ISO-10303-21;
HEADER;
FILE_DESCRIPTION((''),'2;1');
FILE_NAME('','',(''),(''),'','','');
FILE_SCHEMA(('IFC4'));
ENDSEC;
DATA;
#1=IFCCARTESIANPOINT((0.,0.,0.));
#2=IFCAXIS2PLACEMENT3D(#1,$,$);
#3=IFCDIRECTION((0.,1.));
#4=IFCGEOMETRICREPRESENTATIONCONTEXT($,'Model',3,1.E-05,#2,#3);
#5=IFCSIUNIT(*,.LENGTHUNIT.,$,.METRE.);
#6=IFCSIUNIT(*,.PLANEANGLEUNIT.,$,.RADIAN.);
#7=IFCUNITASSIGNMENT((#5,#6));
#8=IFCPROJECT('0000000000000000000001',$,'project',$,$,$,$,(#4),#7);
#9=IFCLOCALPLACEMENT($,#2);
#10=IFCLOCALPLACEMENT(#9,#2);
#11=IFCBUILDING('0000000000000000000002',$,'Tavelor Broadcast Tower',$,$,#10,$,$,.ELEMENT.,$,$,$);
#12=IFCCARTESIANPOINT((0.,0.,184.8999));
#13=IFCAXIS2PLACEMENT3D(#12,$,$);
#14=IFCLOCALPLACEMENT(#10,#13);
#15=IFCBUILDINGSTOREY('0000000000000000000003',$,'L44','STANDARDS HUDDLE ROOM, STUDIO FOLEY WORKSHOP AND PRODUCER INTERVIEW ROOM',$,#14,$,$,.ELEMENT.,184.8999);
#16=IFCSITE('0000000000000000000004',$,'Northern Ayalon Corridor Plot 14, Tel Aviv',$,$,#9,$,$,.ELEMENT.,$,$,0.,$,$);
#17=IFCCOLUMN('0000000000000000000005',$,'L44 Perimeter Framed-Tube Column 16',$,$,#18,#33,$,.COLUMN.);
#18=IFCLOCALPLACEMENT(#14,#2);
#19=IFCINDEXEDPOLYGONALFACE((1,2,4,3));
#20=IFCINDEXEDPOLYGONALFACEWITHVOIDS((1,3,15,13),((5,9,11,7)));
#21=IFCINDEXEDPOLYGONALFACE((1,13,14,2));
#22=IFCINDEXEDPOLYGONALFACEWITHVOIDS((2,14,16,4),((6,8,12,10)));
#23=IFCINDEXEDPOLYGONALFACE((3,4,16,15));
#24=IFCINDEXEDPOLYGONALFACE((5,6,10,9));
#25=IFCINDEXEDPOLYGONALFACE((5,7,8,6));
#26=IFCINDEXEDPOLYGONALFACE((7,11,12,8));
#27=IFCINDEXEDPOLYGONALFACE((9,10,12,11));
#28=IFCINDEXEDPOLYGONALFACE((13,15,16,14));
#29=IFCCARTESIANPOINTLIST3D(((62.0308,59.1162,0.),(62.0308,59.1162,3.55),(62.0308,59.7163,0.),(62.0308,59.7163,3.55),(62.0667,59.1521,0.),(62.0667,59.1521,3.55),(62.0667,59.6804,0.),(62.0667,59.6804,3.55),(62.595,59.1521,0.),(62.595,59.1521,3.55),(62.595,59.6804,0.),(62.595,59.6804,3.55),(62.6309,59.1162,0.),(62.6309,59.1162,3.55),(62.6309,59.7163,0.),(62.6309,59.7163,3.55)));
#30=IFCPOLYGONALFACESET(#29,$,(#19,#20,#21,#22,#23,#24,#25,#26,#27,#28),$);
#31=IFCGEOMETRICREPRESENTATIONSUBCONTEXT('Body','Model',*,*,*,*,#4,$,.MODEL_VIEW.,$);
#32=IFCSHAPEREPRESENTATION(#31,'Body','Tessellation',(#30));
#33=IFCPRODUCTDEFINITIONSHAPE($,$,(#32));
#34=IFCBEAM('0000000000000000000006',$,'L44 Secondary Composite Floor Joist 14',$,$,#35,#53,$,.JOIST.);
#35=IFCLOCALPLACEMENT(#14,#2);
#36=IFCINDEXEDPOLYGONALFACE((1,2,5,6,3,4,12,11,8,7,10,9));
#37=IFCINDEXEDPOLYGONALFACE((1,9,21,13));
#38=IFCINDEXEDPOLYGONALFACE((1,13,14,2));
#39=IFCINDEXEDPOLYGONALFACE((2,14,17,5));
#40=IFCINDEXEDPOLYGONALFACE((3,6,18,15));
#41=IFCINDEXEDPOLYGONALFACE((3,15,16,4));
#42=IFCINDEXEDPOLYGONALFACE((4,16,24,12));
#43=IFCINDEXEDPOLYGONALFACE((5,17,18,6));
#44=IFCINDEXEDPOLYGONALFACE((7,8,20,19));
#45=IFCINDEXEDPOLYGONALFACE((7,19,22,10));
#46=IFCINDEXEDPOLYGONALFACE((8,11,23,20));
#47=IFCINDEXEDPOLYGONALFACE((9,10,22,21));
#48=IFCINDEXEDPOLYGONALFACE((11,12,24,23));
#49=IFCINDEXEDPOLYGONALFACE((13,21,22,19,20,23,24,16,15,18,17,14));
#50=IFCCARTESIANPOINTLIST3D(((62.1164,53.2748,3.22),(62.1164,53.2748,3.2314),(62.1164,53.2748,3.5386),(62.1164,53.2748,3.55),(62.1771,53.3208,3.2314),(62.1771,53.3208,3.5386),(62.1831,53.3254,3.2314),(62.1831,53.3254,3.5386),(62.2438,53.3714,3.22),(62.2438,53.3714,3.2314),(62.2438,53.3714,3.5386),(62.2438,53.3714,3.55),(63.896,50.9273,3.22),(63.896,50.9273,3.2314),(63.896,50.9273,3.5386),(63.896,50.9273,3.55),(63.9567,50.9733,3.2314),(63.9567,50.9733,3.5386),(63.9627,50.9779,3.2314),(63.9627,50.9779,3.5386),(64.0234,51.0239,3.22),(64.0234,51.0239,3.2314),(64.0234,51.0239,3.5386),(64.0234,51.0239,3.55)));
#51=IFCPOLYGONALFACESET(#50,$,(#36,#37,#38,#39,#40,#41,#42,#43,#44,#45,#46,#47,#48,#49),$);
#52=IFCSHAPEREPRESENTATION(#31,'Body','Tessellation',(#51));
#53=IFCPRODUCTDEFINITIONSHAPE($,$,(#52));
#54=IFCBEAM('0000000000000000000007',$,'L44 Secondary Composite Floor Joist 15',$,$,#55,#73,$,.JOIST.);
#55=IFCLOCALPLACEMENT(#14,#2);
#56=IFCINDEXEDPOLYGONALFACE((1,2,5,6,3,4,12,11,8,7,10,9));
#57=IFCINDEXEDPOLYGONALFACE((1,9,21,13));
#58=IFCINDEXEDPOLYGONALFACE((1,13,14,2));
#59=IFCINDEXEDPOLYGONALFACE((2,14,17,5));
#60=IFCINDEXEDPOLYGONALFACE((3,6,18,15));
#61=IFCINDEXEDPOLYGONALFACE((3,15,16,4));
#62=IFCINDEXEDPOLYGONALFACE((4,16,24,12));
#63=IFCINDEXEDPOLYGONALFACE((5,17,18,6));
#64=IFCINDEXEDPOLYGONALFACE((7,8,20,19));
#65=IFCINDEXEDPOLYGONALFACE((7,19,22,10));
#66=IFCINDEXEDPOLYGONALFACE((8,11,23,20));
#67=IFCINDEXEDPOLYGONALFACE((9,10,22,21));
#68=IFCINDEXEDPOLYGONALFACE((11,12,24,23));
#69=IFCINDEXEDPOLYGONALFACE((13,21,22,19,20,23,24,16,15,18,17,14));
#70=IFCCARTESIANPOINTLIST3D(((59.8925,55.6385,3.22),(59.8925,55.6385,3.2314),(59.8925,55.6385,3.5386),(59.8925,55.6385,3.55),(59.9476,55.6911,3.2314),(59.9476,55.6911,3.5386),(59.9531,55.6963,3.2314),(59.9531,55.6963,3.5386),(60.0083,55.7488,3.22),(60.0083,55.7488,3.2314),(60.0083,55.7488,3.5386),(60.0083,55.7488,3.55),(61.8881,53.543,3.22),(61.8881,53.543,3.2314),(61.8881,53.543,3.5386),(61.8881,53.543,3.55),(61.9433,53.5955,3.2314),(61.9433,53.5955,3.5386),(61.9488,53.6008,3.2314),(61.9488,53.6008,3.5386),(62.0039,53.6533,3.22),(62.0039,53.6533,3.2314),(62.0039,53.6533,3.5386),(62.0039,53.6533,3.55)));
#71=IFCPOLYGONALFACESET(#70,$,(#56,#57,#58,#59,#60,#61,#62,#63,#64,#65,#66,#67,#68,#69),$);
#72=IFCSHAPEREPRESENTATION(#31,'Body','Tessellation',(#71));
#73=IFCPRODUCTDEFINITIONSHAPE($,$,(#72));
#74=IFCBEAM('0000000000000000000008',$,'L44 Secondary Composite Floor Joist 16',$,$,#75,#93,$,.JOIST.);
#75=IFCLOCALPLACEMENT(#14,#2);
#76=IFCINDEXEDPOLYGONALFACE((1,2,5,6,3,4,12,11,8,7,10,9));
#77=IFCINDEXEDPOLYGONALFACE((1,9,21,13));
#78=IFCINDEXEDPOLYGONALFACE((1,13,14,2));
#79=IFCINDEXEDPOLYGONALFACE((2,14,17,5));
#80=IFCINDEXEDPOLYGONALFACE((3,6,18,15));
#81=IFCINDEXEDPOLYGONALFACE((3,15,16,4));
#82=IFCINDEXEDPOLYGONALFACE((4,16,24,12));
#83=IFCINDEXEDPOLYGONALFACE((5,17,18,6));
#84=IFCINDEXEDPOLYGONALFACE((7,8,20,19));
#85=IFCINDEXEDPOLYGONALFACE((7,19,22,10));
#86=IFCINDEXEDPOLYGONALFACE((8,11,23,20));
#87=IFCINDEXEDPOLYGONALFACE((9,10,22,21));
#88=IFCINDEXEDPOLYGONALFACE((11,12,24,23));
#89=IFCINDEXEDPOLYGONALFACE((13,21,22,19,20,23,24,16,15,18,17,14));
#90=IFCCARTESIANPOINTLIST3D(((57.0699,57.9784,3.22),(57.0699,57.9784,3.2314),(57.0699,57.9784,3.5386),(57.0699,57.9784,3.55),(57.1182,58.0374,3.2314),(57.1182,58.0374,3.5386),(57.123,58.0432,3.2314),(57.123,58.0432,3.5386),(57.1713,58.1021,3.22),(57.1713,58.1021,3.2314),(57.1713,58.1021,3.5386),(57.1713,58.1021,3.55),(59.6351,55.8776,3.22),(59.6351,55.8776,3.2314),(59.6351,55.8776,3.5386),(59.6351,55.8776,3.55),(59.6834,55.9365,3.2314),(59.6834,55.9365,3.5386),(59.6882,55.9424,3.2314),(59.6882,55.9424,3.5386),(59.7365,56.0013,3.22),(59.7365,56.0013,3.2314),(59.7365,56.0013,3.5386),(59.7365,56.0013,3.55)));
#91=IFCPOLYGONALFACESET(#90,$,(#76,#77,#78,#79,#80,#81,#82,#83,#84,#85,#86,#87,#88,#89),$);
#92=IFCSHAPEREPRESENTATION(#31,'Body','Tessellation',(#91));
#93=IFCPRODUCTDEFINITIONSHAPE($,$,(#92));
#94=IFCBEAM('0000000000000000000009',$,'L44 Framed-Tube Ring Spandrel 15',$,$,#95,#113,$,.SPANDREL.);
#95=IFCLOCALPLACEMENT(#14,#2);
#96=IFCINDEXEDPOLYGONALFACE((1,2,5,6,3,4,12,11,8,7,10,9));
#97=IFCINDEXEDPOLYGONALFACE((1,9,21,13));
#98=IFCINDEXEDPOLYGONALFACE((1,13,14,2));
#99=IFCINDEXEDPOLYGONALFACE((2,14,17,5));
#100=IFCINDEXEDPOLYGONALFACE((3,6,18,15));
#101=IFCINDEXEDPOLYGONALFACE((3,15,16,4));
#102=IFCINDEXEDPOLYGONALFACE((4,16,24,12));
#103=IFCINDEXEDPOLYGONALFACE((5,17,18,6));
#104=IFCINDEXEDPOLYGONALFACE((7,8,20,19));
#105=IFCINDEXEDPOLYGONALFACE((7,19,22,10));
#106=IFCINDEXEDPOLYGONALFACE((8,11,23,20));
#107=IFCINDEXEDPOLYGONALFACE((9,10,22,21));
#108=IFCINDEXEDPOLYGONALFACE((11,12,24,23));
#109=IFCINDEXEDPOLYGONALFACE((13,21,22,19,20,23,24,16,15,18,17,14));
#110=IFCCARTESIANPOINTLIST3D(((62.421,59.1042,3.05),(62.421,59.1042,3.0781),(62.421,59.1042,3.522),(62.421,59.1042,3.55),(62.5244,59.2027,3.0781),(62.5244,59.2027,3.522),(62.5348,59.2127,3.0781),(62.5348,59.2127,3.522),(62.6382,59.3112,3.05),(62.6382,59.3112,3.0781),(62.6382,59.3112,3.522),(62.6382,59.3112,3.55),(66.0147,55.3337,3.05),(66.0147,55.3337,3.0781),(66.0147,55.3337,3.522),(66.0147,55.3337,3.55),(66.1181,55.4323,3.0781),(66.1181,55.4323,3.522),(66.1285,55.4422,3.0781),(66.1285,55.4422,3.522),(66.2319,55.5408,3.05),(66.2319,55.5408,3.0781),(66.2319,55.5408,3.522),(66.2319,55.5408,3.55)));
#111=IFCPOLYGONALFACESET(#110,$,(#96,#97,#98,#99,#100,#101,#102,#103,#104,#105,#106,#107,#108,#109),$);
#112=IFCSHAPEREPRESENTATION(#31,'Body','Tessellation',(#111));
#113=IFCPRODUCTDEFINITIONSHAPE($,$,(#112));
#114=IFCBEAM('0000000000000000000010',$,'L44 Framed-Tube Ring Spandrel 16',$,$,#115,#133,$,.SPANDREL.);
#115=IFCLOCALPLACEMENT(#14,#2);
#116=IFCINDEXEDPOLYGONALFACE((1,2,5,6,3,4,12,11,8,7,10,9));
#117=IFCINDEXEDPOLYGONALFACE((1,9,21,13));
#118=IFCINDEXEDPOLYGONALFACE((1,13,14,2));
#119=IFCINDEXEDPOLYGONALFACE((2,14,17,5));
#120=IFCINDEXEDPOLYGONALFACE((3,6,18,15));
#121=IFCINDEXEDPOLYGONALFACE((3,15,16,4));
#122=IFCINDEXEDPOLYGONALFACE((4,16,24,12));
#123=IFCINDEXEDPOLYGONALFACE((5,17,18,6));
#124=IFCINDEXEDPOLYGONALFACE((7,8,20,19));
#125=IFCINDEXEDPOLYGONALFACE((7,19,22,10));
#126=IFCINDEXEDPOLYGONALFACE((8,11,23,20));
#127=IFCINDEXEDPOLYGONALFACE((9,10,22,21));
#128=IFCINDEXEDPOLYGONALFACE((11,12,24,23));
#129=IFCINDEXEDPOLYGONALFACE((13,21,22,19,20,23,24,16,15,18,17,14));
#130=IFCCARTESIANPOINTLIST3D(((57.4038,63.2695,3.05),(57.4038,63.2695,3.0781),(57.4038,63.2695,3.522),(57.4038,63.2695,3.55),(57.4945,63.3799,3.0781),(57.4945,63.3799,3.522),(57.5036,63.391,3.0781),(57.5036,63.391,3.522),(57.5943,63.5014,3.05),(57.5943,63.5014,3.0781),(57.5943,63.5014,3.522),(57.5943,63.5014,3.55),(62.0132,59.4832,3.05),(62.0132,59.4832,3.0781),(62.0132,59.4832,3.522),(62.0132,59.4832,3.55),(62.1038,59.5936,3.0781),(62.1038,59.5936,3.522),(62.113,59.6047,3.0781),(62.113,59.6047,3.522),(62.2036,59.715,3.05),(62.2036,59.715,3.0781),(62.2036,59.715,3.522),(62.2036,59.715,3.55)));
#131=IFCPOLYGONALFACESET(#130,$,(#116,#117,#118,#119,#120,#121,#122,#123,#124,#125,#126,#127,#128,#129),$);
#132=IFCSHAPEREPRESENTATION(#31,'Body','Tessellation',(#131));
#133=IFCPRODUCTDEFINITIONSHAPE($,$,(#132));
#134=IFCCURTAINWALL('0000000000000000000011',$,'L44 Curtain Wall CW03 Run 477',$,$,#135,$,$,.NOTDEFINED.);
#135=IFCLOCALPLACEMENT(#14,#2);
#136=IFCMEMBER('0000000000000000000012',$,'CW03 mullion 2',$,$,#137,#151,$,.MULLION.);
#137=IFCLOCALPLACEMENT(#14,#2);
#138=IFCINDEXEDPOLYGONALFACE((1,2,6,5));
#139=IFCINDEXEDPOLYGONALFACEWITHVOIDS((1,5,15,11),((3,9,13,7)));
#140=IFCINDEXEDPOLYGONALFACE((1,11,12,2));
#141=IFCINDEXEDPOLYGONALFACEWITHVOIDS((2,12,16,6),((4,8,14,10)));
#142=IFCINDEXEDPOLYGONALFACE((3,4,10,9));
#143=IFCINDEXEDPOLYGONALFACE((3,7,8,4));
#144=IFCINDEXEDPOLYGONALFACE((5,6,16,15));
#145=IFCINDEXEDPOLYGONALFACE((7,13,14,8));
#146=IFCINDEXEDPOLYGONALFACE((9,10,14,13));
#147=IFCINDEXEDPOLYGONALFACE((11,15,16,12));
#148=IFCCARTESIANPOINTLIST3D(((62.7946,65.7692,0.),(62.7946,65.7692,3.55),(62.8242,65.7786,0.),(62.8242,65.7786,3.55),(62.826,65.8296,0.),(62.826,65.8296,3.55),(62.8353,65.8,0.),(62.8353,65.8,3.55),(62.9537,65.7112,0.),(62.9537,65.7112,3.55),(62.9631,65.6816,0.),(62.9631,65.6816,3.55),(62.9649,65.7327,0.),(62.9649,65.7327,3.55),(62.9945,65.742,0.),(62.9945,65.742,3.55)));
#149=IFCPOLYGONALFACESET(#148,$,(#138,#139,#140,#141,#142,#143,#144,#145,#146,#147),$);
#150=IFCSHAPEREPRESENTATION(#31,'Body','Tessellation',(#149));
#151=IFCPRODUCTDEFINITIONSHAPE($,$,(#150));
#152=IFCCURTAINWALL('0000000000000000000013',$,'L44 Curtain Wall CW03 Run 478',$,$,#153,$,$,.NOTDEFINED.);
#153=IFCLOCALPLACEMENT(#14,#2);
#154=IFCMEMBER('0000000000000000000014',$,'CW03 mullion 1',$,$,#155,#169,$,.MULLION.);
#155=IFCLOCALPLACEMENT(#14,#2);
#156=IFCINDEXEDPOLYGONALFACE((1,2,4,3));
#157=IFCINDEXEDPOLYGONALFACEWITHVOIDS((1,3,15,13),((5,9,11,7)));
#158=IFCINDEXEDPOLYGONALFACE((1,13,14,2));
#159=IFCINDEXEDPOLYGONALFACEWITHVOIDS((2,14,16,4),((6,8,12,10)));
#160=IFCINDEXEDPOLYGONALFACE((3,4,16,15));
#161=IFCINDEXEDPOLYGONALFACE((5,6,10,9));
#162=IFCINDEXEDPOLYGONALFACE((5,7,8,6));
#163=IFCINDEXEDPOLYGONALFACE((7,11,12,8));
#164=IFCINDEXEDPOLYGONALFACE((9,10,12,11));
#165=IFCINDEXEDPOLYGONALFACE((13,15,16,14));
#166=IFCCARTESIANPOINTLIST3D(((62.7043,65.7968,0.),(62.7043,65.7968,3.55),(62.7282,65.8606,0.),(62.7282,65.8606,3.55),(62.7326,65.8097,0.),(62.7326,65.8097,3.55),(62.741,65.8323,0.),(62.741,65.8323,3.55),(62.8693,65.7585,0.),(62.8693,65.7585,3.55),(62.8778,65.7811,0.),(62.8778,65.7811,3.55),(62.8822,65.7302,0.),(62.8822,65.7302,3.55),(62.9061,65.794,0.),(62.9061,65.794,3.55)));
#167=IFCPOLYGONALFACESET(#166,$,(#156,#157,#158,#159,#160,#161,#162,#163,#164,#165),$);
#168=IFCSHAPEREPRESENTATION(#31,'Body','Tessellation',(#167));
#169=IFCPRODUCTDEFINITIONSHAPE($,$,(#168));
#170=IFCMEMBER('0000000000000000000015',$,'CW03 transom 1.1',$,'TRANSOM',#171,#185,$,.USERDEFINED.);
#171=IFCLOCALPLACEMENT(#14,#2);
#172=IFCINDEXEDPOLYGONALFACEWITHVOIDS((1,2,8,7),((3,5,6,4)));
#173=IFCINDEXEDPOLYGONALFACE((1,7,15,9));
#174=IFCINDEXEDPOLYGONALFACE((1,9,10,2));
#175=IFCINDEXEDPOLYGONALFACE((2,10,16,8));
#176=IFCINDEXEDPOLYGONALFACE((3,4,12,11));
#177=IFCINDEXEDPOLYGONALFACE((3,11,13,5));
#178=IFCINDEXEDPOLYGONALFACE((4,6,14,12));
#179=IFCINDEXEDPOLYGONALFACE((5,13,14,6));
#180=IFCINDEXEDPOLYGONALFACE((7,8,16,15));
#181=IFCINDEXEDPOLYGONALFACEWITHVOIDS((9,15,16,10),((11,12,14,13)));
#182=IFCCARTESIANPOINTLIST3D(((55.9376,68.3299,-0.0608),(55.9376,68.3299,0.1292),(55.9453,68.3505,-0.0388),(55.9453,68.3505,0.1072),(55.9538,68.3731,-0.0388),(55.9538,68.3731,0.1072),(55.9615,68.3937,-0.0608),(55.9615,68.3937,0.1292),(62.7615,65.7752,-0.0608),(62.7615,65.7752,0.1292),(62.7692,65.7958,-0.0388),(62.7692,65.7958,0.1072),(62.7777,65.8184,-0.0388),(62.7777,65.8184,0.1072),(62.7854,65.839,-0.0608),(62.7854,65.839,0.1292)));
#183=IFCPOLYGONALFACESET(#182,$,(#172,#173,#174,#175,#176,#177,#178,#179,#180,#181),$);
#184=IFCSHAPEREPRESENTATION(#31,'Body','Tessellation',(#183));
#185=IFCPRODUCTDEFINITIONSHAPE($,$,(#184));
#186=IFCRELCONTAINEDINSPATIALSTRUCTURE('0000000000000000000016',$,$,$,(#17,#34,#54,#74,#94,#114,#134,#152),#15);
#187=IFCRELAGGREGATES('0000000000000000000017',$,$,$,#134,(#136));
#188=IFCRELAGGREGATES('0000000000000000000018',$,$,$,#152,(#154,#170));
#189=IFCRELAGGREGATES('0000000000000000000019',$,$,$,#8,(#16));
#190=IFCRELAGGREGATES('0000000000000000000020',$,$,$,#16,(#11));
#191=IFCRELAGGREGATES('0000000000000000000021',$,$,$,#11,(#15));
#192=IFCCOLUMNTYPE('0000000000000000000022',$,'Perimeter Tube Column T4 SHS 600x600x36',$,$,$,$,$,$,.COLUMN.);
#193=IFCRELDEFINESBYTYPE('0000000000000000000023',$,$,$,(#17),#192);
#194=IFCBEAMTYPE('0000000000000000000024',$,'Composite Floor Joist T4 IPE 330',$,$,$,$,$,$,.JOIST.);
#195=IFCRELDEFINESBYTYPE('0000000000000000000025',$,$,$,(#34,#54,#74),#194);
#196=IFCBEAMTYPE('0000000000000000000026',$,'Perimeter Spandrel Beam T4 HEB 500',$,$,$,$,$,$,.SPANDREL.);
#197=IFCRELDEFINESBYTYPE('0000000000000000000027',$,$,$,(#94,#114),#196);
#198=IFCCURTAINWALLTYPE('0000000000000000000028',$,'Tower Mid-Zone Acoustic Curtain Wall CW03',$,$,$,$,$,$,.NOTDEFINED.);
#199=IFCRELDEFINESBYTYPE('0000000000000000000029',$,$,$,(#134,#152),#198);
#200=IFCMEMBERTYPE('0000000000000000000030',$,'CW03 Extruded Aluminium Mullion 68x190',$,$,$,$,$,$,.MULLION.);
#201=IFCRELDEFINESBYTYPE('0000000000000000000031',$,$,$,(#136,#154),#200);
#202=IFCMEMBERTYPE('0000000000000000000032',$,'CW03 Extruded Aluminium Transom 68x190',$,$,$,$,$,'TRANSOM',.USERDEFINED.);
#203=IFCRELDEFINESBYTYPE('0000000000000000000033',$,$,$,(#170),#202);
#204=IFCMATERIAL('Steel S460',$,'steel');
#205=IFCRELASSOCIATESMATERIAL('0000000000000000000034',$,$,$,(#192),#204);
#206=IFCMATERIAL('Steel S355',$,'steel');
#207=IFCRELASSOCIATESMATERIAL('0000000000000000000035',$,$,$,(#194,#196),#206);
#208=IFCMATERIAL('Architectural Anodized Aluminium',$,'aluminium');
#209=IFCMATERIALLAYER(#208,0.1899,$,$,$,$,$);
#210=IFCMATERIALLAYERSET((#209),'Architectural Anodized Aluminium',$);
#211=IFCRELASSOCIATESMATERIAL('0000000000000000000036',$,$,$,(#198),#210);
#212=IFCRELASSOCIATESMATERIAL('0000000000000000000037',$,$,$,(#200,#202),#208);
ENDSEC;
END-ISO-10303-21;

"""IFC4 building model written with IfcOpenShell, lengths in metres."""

from ifc_helpers import new_model, si_unit, direction, frame, origin, origin_2d, place, context, subcontext, project, spatial, hollow_rectangle, i_section, extrude, source, transform, mapped, material, layer, layer_set, material_profile, profile_set, type_object, type_shapes, element, aggregate, save


model = new_model("IFC4")

# Units and contexts
model_context = context("Model", 3, precision=1e-05, world=origin(), true_north=direction((0.0, 1.0)))
body_context = subcontext(model_context, "Body", "Model", "MODEL_VIEW")
ifc_project = project(units=[si_unit("LENGTHUNIT", "METRE"), si_unit("PLANEANGLEUNIT", "RADIAN")], contexts=[model_context])

# Site, building, storey
site_placement = place(None, origin())
site = spatial("IfcSite", under=ifc_project, at=site_placement, Name="Northern Ayalon Corridor Plot 14, Tel Aviv", CompositionType="ELEMENT", RefElevation=0.0)
building_placement = place(site_placement, origin())
building = spatial("IfcBuilding", under=site, at=building_placement, Name="Tavelor Broadcast Tower", CompositionType="ELEMENT")
storey_placement = place(building_placement, frame((0.0, 0.0, 184.8999)))
storey = spatial("IfcBuildingStorey", under=building, at=storey_placement, Name="L44", Description="STANDARDS HUDDLE ROOM, STUDIO FOLEY WORKSHOP AND PRODUCER INTERVIEW ROOM", CompositionType="ELEMENT", Elevation=184.8999)

# Column
ifc_material_1 = material(Name="Steel S460", Category="steel")
ifc_material_profile_1 = material_profile(ifc_material_1, hollow_rectangle(XDim=0.6001, YDim=0.6001, WallThickness=0.0359, at=origin_2d()), Name="SHS 600x600x36")
ifc_profile_set_1 = profile_set([ifc_material_profile_1], Name="Steel S460")
column_type = type_object("IfcColumnType", Name="Perimeter Tube Column T4 SHS 600x600x36", PredefinedType="COLUMN", material=ifc_profile_set_1)
column_placement = place(storey_placement, frame((62.3308, 59.4163, 0.0), z_axis=(0.0, 0.0, 1.0), x_axis=(1.0, 0.0, 0.0)))
element("IfcColumn", 1, at=column_placement, inside=storey, type_object=column_type, Name="L44 Perimeter Framed-Tube Column 16", PredefinedType="COLUMN", context=body_context, shape_type="SweptSolid", body=[
    extrude(hollow_rectangle(XDim=0.6001, YDim=0.6001, WallThickness=0.0359, at=origin_2d()), origin(), (0.0, 0.0, 1.0), 3.55),
])

# Beams
ifc_material_2 = material(Name="Steel S355", Category="steel")
ifc_material_profile_2 = material_profile(ifc_material_2, i_section(OverallWidth=0.1599, OverallDepth=0.3301, WebThickness=0.0076, FlangeThickness=0.0115, at=origin_2d()), Name="IPE 330")
ifc_profile_set_2 = profile_set([ifc_material_profile_2], Name="Steel S355")
beam_type_1 = type_object("IfcBeamType", Name="Composite Floor Joist T4 IPE 330", PredefinedType="JOIST", material=ifc_profile_set_2)
beam_1_placement = place(storey_placement, frame((63.9597, 50.9756, 3.385), z_axis=(-0.604116, 0.796896, 0.0), x_axis=(-0.796896, -0.604116, 0.0)))
element("IfcBeam", 2, at=beam_1_placement, inside=storey, type_object=beam_type_1, Name="L44 Secondary Composite Floor Joist 14", PredefinedType="JOIST", context=body_context, shape_type="SweptSolid", body=[
    extrude(i_section(OverallWidth=0.1599, OverallDepth=0.3301, WebThickness=0.0076, FlangeThickness=0.0115, at=origin_2d()), origin(), (0.0, 0.0, 1.0), 2.9458),
])
beam_2_placement = place(storey_placement, frame((61.946, 53.5981, 3.385), z_axis=(-0.689643, 0.72415, 0.0), x_axis=(-0.72415, -0.689643, 0.0)))
element("IfcBeam", 3, at=beam_2_placement, inside=storey, type_object=beam_type_1, Name="L44 Secondary Composite Floor Joist 15", PredefinedType="JOIST", context=body_context, shape_type="SweptSolid", body=[
    extrude(i_section(OverallWidth=0.1599, OverallDepth=0.3301, WebThickness=0.0076, FlangeThickness=0.0115, at=origin_2d()), origin(), (0.0, 0.0, 1.0), 2.8938),
])
beam_3_placement = place(storey_placement, frame((59.6858, 55.9395, 3.385), z_axis=(-0.773655, 0.633607, 0.0), x_axis=(-0.633607, -0.773655, 0.0)))
element("IfcBeam", 4, at=beam_3_placement, inside=storey, type_object=beam_type_1, Name="L44 Secondary Composite Floor Joist 16", PredefinedType="JOIST", context=body_context, shape_type="SweptSolid", body=[
    extrude(i_section(OverallWidth=0.1599, OverallDepth=0.3301, WebThickness=0.0076, FlangeThickness=0.0115, at=origin_2d()), origin(), (0.0, 0.0, 1.0), 3.3157),
])
ifc_material_profile_3 = material_profile(ifc_material_2, i_section(OverallWidth=0.3, OverallDepth=0.5, WebThickness=0.0144, FlangeThickness=0.0281, at=origin_2d()), Name="HEB 500")
ifc_profile_set_3 = profile_set([ifc_material_profile_3], Name="Steel S355")
beam_type_2 = type_object("IfcBeamType", Name="Perimeter Spandrel Beam T4 HEB 500", PredefinedType="SPANDREL", material=ifc_profile_set_3)
beam_4_placement = place(storey_placement, frame((66.1233, 55.4373, 3.3), z_axis=(-0.689936, 0.72387, 0.0), x_axis=(-0.72387, -0.689936, 0.0)))
element("IfcBeam", 5, at=beam_4_placement, inside=storey, type_object=beam_type_2, Name="L44 Framed-Tube Ring Spandrel 15", PredefinedType="SPANDREL", context=body_context, shape_type="SweptSolid", body=[
    extrude(i_section(OverallWidth=0.3, OverallDepth=0.5, WebThickness=0.0144, FlangeThickness=0.0281, at=origin_2d()), origin(), (0.0, 0.0, 1.0), 5.2087),
])
beam_5_placement = place(storey_placement, frame((62.1084, 59.5991, 3.3), z_axis=(-0.772718, 0.63475, 0.0), x_axis=(-0.63475, -0.772718, 0.0)))
element("IfcBeam", 6, at=beam_5_placement, inside=storey, type_object=beam_type_2, Name="L44 Framed-Tube Ring Spandrel 16", PredefinedType="SPANDREL", context=body_context, shape_type="SweptSolid", body=[
    extrude(i_section(OverallWidth=0.3, OverallDepth=0.5, WebThickness=0.0144, FlangeThickness=0.0281, at=origin_2d()), origin(), (0.0, 0.0, 1.0), 5.9651),
])

# Curtain wall, member
ifc_material_3 = material(Name="Architectural Anodized Aluminium", Category="aluminium")
ifc_layer_1 = layer(ifc_material_3, 0.1899)
ifc_layer_set_1 = layer_set([ifc_layer_1], Name="Architectural Anodized Aluminium")
curtain_wall_type = type_object("IfcCurtainWallType", Name="Tower Mid-Zone Acoustic Curtain Wall CW03", PredefinedType="NOTDEFINED", material=ifc_layer_set_1)
curtain_wall_1_placement = place(storey_placement, origin())
curtain_wall_1 = element("IfcCurtainWall", 7, at=curtain_wall_1_placement, inside=storey, type_object=curtain_wall_type, Name="L44 Curtain Wall CW03 Run 477", PredefinedType="NOTDEFINED")
ifc_material_profile_4 = material_profile(ifc_material_3, hollow_rectangle(XDim=0.0681, YDim=0.1899, WallThickness=0.022, at=origin_2d()), Name="RHS 68x190x22")
ifc_profile_set_4 = profile_set([ifc_material_profile_4], Name="Architectural Anodized Aluminium")
member_type_1 = type_object("IfcMemberType", Name="CW03 Extruded Aluminium Mullion 68x190", PredefinedType="MULLION", material=ifc_profile_set_4)
shared_shape_1 = source(origin(), body_context, "Body", "SweptSolid", [
    extrude(hollow_rectangle(XDim=0.0681, YDim=0.1899, WallThickness=0.022, at=origin_2d()), origin(), (0.0, 0.0, 1.0), 3.55),
])
type_shapes(member_type_1, [shared_shape_1])
member_1_placement = place(storey_placement, frame((62.8945, 65.7556, 0.0), z_axis=(0.0, 0.0, 1.0), x_axis=(-0.461372, -0.887207, 0.0)))
member_1 = element("IfcMember", 8, at=member_1_placement, type_object=member_type_1, Name="CW03 mullion 2", PredefinedType="MULLION", context=body_context, shape_type="MappedRepresentation", body=[
    mapped(shared_shape_1, transform((0.0, 0.0, 0.0), scale=1.0)),
])

# Curtain wall, members
curtain_wall_2_placement = place(storey_placement, origin())
curtain_wall_2 = element("IfcCurtainWall", 9, at=curtain_wall_2_placement, inside=storey, type_object=curtain_wall_type, Name="L44 Curtain Wall CW03 Run 478", PredefinedType="NOTDEFINED")
member_2_placement = place(storey_placement, frame((62.8052, 65.7954, 0.0), z_axis=(0.0, 0.0, 1.0), x_axis=(-0.350608, -0.936522, 0.0)))
member_2 = element("IfcMember", 10, at=member_2_placement, type_object=member_type_1, Name="CW03 mullion 1", PredefinedType="MULLION", context=body_context, shape_type="MappedRepresentation", body=[
    mapped(shared_shape_1, transform((0.0, 0.0, 0.0), scale=1.0)),
])
ifc_material_profile_5 = material_profile(ifc_material_3, hollow_rectangle(XDim=0.0681, YDim=0.1899, WallThickness=0.022, at=origin_2d()), Name="RHS 68x190x22")
ifc_profile_set_5 = profile_set([ifc_material_profile_5], Name="Architectural Anodized Aluminium")
member_type_2 = type_object("IfcMemberType", Name="CW03 Extruded Aluminium Transom 68x190", ElementType="TRANSOM", PredefinedType="USERDEFINED", material=ifc_profile_set_5)
shared_shape_2 = source(origin(), body_context, "Body", "SweptSolid", [
    extrude(hollow_rectangle(XDim=0.0681, YDim=0.1899, WallThickness=0.022, at=origin_2d()), origin(), (0.0, 0.0, 1.0), 7.2864),
])
type_shapes(member_type_2, [shared_shape_2])
member_3_placement = place(storey_placement, frame((62.7734, 65.8071, 0.0342), z_axis=(-0.936523, 0.350606, 0.0), x_axis=(-0.350606, -0.936523, 0.0)))
member_3 = element("IfcMember", 11, at=member_3_placement, type_object=member_type_2, Name="CW03 transom 1.1", ObjectType="TRANSOM", PredefinedType="USERDEFINED", context=body_context, shape_type="MappedRepresentation", body=[
    mapped(shared_shape_2, transform((0.0, 0.0, 0.0), scale=1.0)),
])

aggregate(curtain_wall_1, [member_1])
aggregate(curtain_wall_2, [member_2, member_3])

save(model, "model.ifc")
